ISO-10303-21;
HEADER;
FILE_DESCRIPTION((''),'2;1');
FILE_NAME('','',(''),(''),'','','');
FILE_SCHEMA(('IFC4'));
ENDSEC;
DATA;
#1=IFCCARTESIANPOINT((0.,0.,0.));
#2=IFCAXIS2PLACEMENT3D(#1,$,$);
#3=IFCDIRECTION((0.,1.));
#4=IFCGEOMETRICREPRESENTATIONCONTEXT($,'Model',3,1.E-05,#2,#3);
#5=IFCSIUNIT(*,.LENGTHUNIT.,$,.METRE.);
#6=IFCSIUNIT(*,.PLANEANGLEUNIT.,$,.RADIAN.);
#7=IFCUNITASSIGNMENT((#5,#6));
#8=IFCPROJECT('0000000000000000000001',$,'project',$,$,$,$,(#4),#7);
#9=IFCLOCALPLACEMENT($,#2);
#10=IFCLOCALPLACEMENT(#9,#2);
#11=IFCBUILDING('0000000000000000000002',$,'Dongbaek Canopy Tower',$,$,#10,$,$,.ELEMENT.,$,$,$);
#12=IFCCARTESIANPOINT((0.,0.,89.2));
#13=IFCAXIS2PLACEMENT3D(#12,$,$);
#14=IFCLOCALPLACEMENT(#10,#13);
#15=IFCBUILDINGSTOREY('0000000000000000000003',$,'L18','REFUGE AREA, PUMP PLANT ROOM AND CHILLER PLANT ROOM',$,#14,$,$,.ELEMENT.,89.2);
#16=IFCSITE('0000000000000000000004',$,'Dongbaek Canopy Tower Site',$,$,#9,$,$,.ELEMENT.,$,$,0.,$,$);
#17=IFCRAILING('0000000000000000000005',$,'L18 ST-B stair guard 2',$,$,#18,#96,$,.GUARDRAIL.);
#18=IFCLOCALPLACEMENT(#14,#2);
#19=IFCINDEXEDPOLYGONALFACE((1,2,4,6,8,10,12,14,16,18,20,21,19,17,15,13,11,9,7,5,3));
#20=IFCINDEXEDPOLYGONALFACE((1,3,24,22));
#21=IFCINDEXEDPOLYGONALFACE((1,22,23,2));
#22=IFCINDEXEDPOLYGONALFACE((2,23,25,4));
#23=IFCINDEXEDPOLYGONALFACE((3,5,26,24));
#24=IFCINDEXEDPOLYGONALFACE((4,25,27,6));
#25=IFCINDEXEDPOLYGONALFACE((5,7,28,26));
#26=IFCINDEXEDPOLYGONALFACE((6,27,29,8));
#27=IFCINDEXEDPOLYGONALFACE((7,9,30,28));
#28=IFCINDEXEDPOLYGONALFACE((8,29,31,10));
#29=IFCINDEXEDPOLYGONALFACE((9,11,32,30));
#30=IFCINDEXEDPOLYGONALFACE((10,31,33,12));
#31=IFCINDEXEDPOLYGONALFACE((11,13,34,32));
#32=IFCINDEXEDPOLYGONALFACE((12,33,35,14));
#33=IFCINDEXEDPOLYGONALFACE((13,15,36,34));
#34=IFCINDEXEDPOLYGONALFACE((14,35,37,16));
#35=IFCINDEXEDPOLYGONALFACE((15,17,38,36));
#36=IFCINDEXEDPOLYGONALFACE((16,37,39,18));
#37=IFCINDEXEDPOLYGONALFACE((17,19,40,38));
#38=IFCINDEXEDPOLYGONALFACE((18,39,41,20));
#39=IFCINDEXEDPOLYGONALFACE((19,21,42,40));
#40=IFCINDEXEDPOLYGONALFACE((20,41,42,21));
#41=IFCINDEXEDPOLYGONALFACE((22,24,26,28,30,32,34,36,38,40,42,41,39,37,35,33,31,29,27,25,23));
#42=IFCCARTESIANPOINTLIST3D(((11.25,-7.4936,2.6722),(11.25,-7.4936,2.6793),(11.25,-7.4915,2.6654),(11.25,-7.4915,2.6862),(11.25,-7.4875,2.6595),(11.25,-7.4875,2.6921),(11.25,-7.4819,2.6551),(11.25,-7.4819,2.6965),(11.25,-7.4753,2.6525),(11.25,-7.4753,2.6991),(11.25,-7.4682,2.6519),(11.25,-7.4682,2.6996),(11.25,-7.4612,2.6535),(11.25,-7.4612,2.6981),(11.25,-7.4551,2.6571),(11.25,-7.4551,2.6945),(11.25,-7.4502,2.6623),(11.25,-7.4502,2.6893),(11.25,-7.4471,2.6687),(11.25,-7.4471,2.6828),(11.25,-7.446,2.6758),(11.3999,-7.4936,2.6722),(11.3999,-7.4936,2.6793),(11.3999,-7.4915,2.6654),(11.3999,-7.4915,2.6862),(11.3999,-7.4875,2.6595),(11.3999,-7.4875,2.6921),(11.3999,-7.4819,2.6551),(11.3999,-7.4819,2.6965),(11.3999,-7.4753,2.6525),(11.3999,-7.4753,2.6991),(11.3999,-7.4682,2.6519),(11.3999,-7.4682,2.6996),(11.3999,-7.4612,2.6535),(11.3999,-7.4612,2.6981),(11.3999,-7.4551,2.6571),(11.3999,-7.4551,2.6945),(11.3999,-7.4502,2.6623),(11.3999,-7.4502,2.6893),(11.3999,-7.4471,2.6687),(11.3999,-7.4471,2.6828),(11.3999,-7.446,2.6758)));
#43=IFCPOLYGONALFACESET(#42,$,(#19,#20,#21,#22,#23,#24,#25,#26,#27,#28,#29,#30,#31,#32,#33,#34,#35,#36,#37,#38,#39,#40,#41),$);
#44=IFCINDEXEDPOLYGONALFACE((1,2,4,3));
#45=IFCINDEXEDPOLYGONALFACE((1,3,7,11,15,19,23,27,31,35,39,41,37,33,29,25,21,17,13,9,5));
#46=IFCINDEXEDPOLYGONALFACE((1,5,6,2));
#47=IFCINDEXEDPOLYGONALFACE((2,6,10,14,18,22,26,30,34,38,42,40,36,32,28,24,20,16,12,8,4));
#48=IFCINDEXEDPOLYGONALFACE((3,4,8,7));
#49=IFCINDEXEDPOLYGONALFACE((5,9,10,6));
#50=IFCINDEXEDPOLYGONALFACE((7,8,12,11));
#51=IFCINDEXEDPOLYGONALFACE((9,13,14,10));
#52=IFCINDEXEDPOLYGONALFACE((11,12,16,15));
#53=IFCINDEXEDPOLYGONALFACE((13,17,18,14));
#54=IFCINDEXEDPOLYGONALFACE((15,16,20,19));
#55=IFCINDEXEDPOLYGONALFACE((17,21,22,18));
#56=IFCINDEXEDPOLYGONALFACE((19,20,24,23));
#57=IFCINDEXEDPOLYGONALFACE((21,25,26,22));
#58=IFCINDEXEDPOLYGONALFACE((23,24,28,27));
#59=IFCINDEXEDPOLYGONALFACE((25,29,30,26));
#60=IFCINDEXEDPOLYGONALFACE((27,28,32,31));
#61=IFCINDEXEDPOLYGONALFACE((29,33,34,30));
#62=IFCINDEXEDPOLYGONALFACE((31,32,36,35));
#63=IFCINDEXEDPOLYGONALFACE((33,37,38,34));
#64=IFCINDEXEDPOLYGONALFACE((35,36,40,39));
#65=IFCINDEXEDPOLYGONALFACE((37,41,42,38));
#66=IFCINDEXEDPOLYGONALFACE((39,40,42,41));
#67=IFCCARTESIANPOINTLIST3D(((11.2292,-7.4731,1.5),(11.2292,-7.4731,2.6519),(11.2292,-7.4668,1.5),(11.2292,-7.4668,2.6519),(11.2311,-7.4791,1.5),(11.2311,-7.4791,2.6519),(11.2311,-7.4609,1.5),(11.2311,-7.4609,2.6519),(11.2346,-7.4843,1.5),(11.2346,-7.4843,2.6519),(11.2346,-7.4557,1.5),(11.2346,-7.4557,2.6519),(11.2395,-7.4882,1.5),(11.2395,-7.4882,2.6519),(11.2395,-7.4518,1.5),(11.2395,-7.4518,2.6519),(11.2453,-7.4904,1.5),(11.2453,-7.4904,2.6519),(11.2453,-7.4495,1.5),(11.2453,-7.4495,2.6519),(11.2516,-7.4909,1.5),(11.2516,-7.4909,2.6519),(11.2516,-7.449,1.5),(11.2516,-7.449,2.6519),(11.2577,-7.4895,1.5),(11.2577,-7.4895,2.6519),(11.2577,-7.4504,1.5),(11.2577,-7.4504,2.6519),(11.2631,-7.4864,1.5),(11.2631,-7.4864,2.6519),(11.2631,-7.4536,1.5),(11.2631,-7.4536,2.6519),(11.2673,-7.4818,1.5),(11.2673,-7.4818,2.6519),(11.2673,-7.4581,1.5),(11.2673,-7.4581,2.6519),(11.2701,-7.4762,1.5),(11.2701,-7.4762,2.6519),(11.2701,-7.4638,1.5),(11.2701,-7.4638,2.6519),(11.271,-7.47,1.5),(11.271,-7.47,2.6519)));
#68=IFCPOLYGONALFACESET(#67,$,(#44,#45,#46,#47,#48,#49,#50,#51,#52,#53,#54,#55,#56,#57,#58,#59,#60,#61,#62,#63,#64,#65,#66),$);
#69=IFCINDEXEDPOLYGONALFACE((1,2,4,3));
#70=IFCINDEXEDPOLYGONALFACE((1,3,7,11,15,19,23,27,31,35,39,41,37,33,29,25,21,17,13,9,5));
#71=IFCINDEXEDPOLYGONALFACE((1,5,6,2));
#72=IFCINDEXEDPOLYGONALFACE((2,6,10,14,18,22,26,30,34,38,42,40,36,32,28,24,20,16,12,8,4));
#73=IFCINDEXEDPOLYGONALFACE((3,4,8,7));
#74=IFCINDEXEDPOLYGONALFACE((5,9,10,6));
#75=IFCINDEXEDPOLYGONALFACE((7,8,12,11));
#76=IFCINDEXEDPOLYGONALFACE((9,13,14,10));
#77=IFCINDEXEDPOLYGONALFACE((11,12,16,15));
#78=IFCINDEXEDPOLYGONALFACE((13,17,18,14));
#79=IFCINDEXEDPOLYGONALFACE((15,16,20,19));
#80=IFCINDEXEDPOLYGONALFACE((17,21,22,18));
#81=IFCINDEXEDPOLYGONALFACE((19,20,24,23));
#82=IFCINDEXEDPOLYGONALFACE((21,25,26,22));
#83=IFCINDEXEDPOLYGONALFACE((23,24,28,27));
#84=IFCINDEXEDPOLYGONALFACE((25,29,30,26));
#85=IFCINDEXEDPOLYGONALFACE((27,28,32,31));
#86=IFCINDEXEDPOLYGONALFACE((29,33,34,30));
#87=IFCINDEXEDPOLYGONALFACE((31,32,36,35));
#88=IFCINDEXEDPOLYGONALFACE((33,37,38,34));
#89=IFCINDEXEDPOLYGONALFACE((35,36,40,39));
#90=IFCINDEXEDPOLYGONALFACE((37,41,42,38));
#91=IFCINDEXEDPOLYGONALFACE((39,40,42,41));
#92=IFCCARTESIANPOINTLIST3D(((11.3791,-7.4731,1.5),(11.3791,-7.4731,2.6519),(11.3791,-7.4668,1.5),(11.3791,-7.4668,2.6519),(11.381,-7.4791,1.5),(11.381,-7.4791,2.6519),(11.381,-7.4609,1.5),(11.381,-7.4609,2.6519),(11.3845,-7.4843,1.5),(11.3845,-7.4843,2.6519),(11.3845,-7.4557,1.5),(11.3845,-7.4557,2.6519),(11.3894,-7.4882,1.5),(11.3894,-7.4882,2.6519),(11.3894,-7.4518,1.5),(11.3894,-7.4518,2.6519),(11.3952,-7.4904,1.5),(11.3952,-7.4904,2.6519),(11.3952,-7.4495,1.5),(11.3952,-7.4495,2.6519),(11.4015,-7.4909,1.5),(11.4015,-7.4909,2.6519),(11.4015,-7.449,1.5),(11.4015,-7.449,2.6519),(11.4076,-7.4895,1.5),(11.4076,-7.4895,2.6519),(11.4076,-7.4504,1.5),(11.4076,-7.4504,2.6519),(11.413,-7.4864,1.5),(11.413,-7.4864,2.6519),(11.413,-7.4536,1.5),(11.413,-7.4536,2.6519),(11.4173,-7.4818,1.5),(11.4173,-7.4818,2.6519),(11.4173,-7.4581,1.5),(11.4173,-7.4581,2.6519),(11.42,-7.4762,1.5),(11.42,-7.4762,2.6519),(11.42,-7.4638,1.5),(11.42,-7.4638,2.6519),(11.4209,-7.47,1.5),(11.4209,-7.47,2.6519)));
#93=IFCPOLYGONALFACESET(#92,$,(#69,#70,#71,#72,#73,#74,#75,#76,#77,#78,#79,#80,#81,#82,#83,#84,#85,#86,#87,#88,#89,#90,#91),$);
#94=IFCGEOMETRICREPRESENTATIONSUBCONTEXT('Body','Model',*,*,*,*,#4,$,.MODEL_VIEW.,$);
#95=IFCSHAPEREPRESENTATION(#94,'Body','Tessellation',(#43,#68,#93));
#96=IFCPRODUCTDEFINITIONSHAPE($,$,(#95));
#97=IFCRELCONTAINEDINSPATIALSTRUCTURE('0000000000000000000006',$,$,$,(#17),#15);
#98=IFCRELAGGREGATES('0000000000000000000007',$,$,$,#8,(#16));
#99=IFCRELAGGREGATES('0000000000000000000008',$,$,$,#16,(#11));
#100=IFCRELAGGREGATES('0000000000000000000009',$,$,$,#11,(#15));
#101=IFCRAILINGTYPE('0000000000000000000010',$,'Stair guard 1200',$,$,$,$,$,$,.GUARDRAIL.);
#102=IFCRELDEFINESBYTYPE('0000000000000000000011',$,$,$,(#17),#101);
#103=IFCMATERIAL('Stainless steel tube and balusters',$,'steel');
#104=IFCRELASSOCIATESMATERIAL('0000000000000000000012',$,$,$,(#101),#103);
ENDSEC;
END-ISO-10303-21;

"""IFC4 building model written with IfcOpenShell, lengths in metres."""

from ifc_helpers import new_model, si_unit, direction, frame, origin, origin_2d, place, context, subcontext, project, spatial, circle, extrude, material, type_object, element, save


model = new_model("IFC4")

# Units and contexts
model_context = context("Model", 3, precision=1e-05, world=origin(), true_north=direction((0.0, 1.0)))
body_context = subcontext(model_context, "Body", "Model", "MODEL_VIEW")
ifc_project = project(units=[si_unit("LENGTHUNIT", "METRE"), si_unit("PLANEANGLEUNIT", "RADIAN")], contexts=[model_context])

# Site, building, storey
site_placement = place(None, origin())
site = spatial("IfcSite", under=ifc_project, at=site_placement, Name="Dongbaek Canopy Tower Site", CompositionType="ELEMENT", RefElevation=0.0)
building_placement = place(site_placement, origin())
building = spatial("IfcBuilding", under=site, at=building_placement, Name="Dongbaek Canopy Tower", CompositionType="ELEMENT")
storey_placement = place(building_placement, frame((0.0, 0.0, 89.2)))
storey = spatial("IfcBuildingStorey", under=building, at=storey_placement, Name="L18", Description="REFUGE AREA, PUMP PLANT ROOM AND CHILLER PLANT ROOM", CompositionType="ELEMENT", Elevation=89.2)

# Railing
ifc_material_1 = material(Name="Stainless steel tube and balusters", Category="steel")
railing_type_1 = type_object("IfcRailingType", Name="Stair guard 1200", PredefinedType="GUARDRAIL", material=ifc_material_1)
railing_1_placement = place(storey_placement, frame((11.25, -7.47, 1.5)))
element("IfcRailing", 1, at=railing_1_placement, inside=storey, type_object=railing_type_1, Name="L18 ST-B stair guard 2", PredefinedType="GUARDRAIL", context=body_context, shape_type="SweptSolid", body=[
    extrude(circle(Radius=0.0239, at=origin_2d()), frame((0.0, 0.0, 1.1758), z_axis=(1.0, 0.0, 0.0), x_axis=(0.0, 1.0, 0.0)), (0.0, 0.0, 1.0), 0.1499),
    extrude(circle(Radius=0.021, at=origin_2d()), origin(), (0.0, 0.0, 1.0), 1.1519),
    extrude(circle(Radius=0.021, at=origin_2d()), frame((0.1499, 0.0, 0.0)), (0.0, 0.0, 1.0), 1.1519),
])

save(model, "model.ifc")
